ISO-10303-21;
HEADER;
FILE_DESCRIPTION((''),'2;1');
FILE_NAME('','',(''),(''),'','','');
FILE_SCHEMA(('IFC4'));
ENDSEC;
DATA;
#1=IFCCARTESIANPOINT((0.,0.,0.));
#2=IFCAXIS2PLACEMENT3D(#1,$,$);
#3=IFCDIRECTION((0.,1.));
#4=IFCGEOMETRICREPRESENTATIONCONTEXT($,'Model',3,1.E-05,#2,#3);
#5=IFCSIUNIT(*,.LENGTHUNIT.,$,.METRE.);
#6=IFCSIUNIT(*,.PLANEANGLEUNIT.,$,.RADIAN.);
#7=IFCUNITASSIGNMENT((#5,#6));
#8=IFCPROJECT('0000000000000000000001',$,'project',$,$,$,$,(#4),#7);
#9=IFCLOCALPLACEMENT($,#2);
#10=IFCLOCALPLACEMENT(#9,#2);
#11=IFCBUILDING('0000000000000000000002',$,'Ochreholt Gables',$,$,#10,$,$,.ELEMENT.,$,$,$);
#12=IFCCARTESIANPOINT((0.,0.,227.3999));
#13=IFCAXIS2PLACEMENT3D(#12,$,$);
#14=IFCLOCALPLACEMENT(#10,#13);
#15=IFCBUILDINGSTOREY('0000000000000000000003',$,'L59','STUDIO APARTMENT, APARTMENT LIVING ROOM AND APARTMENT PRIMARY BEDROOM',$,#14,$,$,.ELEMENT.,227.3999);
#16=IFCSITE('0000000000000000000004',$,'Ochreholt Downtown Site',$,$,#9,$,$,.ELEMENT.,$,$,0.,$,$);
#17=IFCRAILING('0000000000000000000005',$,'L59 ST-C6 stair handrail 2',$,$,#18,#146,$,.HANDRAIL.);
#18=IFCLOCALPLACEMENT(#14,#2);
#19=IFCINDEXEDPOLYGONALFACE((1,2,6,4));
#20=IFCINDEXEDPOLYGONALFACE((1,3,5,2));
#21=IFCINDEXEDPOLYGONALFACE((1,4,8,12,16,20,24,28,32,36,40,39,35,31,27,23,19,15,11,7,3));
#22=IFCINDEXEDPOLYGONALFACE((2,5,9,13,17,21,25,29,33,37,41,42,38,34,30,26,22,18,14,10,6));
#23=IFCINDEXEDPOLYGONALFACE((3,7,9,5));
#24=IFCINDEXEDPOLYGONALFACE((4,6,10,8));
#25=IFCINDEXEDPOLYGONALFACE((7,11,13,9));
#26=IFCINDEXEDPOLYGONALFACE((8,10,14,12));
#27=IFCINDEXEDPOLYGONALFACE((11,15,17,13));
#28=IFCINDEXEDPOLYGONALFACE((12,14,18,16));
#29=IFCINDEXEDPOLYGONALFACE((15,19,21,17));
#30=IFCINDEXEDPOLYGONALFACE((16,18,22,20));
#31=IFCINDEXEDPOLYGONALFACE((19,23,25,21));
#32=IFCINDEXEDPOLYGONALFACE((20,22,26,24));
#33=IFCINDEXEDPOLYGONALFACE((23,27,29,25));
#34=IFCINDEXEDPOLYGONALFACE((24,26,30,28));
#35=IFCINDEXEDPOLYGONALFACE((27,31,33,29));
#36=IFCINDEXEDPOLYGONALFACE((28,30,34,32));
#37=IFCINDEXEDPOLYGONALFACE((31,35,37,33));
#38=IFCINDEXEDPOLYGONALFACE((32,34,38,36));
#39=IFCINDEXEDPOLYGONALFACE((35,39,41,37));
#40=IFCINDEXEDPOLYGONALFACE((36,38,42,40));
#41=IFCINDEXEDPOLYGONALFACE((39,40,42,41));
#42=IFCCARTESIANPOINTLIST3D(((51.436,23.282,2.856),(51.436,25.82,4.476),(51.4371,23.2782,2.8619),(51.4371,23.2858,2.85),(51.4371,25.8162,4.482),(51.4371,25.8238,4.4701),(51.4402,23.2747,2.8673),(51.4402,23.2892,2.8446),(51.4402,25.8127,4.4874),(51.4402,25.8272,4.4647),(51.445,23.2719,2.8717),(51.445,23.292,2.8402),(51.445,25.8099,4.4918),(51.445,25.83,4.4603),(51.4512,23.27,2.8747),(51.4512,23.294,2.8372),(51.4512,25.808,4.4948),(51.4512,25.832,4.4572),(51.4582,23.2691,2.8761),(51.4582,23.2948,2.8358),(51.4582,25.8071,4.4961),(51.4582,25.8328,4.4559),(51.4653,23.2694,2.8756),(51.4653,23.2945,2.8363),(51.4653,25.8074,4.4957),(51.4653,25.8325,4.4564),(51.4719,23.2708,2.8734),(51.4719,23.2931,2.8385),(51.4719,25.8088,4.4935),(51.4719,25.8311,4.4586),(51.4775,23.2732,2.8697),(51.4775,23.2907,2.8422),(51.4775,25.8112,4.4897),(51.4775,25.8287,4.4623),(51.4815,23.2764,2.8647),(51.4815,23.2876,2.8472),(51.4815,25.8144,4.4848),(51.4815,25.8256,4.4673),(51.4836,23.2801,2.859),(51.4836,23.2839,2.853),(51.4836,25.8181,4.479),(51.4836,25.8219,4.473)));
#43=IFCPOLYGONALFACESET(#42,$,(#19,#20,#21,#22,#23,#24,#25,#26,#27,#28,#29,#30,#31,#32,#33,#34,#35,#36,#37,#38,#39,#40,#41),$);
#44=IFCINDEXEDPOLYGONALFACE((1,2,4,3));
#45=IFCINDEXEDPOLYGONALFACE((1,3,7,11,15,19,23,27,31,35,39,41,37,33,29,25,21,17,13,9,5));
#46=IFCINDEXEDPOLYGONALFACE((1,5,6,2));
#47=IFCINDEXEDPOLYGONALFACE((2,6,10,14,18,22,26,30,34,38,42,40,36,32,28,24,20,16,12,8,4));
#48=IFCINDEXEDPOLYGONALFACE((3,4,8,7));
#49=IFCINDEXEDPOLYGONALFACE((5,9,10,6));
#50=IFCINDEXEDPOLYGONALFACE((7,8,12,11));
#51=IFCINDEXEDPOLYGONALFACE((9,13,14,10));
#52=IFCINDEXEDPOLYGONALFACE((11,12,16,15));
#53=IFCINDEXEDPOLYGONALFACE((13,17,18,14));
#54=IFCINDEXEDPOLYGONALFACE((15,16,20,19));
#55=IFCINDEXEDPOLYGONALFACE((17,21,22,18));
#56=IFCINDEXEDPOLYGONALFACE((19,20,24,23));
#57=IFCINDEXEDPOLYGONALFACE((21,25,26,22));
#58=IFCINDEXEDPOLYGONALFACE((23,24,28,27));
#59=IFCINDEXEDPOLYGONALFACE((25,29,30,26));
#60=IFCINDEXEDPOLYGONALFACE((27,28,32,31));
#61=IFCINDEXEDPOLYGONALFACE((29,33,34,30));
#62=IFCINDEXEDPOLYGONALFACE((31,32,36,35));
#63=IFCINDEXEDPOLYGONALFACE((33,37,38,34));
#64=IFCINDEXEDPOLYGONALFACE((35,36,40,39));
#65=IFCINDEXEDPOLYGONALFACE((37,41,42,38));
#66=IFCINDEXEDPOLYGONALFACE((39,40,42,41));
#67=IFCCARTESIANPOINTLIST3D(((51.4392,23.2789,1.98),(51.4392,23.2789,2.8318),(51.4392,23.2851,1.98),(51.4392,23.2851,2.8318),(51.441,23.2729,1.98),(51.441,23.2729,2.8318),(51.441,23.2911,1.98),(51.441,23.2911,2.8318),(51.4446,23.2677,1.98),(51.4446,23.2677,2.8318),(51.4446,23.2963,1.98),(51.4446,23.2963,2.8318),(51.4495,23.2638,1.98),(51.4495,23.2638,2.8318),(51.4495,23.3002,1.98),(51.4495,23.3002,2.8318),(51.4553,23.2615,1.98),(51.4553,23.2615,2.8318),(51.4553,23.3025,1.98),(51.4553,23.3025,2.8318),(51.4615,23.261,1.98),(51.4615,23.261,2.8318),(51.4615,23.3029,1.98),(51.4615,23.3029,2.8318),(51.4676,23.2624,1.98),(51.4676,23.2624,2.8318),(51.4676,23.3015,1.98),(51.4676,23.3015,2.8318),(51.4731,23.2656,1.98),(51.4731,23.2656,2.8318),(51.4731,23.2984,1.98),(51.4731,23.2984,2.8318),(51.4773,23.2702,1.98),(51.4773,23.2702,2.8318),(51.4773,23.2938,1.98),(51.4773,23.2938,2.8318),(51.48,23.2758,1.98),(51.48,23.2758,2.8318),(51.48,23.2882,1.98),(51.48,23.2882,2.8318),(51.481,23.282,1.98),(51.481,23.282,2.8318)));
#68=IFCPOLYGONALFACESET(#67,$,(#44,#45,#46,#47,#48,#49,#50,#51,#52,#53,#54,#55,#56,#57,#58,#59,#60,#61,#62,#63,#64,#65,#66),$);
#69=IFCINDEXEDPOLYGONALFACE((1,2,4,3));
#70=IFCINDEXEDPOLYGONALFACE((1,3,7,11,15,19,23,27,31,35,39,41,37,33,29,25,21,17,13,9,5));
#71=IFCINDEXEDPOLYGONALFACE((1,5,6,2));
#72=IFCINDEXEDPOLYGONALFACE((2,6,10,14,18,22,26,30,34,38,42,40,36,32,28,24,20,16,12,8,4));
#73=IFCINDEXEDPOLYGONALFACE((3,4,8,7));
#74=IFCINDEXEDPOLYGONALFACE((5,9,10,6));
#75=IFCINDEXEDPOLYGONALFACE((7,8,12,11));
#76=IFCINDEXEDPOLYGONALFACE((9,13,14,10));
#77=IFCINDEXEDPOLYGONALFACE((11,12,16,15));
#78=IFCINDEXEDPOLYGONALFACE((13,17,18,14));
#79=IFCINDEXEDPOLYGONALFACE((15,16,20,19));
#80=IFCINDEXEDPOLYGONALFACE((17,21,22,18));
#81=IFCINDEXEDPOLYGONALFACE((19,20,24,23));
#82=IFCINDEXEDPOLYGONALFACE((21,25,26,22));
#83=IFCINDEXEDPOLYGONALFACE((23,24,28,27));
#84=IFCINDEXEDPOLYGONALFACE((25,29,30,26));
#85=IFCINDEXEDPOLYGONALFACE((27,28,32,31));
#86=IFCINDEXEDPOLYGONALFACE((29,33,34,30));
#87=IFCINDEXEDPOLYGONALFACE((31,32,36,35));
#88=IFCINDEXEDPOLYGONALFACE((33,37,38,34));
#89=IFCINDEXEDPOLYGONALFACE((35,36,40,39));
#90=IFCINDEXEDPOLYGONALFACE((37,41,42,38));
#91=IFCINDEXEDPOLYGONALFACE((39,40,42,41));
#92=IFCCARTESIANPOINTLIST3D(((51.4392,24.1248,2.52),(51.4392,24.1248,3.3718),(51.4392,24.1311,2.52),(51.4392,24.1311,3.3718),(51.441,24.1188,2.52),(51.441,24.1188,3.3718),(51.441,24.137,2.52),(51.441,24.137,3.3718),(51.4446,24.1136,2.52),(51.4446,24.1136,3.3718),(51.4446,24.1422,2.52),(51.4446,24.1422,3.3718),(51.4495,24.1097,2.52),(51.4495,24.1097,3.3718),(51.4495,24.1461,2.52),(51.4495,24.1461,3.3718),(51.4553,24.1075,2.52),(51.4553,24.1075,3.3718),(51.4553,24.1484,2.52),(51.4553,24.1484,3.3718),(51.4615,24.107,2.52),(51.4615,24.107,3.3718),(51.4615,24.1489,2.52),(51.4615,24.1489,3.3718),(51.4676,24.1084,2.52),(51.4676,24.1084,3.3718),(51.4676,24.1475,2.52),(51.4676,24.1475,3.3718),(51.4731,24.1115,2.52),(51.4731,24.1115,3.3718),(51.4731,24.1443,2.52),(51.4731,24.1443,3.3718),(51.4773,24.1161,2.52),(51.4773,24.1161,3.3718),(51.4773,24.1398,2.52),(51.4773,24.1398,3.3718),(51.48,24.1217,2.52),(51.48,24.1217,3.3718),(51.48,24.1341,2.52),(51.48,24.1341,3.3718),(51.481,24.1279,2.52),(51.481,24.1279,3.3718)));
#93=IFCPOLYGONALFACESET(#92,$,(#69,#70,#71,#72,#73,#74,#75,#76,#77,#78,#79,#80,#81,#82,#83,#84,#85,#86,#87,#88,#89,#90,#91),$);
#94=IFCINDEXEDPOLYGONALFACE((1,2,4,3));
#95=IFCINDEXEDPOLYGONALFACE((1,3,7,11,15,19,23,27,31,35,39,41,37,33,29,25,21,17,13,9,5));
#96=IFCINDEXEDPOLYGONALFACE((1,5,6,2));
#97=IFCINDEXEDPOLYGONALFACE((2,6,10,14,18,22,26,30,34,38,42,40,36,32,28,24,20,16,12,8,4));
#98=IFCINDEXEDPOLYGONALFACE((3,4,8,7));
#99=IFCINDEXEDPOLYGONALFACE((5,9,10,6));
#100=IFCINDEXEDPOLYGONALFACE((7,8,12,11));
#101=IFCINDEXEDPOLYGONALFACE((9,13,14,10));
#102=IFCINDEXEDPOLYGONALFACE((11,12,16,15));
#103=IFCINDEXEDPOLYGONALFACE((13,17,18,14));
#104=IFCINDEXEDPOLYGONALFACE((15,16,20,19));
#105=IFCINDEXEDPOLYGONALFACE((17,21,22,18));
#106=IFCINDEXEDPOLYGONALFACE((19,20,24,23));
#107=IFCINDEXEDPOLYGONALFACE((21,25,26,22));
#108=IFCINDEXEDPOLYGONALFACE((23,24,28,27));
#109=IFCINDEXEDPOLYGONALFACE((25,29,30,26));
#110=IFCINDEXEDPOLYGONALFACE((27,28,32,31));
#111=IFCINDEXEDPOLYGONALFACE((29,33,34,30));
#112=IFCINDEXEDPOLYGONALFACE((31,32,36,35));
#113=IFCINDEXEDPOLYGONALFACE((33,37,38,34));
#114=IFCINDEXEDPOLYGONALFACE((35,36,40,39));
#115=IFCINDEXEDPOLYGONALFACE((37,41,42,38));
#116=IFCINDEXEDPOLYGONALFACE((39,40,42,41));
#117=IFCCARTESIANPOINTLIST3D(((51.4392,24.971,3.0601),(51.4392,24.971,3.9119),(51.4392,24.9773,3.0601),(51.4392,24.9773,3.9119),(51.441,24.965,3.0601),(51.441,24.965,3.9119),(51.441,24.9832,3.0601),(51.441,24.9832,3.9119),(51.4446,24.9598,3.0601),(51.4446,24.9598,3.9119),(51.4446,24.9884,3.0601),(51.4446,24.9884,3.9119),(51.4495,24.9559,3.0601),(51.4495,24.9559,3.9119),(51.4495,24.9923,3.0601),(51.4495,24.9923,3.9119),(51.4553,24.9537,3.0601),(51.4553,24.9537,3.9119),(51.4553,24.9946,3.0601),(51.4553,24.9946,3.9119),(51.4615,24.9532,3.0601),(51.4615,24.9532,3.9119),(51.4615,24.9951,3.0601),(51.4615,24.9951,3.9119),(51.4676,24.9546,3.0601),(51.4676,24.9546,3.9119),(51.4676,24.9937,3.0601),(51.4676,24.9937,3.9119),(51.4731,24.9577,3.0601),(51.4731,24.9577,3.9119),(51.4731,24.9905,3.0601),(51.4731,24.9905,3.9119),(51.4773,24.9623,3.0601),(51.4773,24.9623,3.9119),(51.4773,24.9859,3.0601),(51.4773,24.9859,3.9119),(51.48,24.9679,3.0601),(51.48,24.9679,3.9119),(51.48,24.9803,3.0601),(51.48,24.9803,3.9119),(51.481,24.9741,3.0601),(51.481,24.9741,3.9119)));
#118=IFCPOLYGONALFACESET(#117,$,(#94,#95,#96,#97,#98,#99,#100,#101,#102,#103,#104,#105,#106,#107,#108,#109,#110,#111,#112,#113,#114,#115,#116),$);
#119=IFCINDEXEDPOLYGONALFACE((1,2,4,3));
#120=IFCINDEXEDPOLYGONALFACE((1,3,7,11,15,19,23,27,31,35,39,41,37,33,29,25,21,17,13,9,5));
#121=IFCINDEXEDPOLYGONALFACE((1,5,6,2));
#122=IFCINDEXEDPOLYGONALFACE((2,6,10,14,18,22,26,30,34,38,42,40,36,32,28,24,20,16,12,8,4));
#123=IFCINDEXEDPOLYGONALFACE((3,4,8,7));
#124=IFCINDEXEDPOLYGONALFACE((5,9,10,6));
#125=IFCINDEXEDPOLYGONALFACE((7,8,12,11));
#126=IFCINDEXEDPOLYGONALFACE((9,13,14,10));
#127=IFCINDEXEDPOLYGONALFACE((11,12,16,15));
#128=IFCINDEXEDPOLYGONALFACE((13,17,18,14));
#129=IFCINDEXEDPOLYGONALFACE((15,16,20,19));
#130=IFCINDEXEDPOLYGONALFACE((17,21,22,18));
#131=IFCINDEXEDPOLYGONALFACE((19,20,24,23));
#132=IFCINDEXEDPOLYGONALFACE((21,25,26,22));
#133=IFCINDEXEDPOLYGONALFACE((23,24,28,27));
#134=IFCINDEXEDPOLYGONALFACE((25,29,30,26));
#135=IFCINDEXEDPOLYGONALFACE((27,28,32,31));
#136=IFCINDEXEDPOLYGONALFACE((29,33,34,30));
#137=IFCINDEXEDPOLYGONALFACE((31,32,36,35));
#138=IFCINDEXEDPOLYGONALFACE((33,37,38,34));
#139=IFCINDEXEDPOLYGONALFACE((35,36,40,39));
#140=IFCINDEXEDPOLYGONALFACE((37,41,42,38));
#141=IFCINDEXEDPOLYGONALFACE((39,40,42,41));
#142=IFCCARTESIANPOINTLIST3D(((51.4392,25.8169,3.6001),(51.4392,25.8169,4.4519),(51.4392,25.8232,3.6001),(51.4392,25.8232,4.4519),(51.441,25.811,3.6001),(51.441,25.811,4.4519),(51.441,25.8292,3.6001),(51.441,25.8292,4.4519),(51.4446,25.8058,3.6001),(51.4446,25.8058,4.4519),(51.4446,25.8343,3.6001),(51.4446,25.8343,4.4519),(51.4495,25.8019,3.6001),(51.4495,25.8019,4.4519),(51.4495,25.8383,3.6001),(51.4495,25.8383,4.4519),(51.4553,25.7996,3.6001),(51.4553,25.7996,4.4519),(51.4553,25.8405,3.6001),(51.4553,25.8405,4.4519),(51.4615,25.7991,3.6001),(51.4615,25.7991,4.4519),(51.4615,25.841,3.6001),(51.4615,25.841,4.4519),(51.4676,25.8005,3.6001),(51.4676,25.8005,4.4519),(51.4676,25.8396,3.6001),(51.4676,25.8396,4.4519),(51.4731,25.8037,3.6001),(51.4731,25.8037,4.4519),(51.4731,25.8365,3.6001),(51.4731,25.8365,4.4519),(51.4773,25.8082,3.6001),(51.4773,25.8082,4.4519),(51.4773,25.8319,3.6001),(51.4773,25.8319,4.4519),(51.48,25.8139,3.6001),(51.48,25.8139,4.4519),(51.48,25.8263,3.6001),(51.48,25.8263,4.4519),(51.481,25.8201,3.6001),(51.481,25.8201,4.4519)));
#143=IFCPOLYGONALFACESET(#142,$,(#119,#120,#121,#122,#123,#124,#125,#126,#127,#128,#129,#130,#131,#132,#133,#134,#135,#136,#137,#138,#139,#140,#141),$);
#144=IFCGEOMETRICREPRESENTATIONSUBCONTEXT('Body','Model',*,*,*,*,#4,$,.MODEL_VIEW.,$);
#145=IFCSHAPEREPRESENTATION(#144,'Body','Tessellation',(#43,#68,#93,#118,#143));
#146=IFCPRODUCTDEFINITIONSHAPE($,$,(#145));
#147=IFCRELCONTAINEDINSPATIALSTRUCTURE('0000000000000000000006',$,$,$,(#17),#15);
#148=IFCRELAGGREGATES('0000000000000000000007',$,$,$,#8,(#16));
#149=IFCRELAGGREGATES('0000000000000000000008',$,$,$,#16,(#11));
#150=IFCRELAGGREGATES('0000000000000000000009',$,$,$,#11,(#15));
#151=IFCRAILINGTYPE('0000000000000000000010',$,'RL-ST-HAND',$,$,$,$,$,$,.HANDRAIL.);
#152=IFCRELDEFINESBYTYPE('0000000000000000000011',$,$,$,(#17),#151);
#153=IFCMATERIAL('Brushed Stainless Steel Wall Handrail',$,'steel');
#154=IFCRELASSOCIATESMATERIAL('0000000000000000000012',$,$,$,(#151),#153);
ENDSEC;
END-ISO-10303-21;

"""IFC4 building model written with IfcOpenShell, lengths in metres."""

from ifc_helpers import new_model, si_unit, direction, frame, origin, origin_2d, place, context, subcontext, project, spatial, circle, extrude, material, type_object, element, save


model = new_model("IFC4")

# Units and contexts
model_context = context("Model", 3, precision=1e-05, world=origin(), true_north=direction((0.0, 1.0)))
body_context = subcontext(model_context, "Body", "Model", "MODEL_VIEW")
ifc_project = project(units=[si_unit("LENGTHUNIT", "METRE"), si_unit("PLANEANGLEUNIT", "RADIAN")], contexts=[model_context])

# Site, building, storey
site_placement = place(None, origin())
site = spatial("IfcSite", under=ifc_project, at=site_placement, Name="Ochreholt Downtown Site", CompositionType="ELEMENT", RefElevation=0.0)
building_placement = place(site_placement, origin())
building = spatial("IfcBuilding", under=site, at=building_placement, Name="Ochreholt Gables", CompositionType="ELEMENT")
storey_placement = place(building_placement, frame((0.0, 0.0, 227.3999)))
storey = spatial("IfcBuildingStorey", under=building, at=storey_placement, Name="L59", Description="STUDIO APARTMENT, APARTMENT LIVING ROOM AND APARTMENT PRIMARY BEDROOM", CompositionType="ELEMENT", Elevation=227.3999)

# Railing
ifc_material_1 = material(Name="Brushed Stainless Steel Wall Handrail", Category="steel")
railing_type = type_object("IfcRailingType", Name="RL-ST-HAND", PredefinedType="HANDRAIL", material=ifc_material_1)
railing_placement = place(storey_placement, frame((51.46, 23.282, 1.98)))
element("IfcRailing", 1, at=railing_placement, inside=storey, type_object=railing_type, Name="L59 ST-C6 stair handrail 2", PredefinedType="HANDRAIL", context=body_context, shape_type="SweptSolid", body=[
    extrude(circle(Radius=0.0239, at=origin_2d()), frame((0.0, 0.0, 0.876), z_axis=(0.0, 0.842913, 0.53805), x_axis=(-1.0, 0.0, 0.0)), (0.0, 0.0, 1.0), 3.011),
    extrude(circle(Radius=0.021, at=origin_2d()), origin(), (0.0, 0.0, 1.0), 0.8518),
    extrude(circle(Radius=0.021, at=origin_2d()), frame((0.0, 0.8459, 0.54)), (0.0, 0.0, 1.0), 0.8518),
    extrude(circle(Radius=0.021, at=origin_2d()), frame((0.0, 1.6921, 1.0801)), (0.0, 0.0, 1.0), 0.8518),
    extrude(circle(Radius=0.021, at=origin_2d()), frame((0.0, 2.5381, 1.6201)), (0.0, 0.0, 1.0), 0.8518),
])

save(model, "model.ifc")
